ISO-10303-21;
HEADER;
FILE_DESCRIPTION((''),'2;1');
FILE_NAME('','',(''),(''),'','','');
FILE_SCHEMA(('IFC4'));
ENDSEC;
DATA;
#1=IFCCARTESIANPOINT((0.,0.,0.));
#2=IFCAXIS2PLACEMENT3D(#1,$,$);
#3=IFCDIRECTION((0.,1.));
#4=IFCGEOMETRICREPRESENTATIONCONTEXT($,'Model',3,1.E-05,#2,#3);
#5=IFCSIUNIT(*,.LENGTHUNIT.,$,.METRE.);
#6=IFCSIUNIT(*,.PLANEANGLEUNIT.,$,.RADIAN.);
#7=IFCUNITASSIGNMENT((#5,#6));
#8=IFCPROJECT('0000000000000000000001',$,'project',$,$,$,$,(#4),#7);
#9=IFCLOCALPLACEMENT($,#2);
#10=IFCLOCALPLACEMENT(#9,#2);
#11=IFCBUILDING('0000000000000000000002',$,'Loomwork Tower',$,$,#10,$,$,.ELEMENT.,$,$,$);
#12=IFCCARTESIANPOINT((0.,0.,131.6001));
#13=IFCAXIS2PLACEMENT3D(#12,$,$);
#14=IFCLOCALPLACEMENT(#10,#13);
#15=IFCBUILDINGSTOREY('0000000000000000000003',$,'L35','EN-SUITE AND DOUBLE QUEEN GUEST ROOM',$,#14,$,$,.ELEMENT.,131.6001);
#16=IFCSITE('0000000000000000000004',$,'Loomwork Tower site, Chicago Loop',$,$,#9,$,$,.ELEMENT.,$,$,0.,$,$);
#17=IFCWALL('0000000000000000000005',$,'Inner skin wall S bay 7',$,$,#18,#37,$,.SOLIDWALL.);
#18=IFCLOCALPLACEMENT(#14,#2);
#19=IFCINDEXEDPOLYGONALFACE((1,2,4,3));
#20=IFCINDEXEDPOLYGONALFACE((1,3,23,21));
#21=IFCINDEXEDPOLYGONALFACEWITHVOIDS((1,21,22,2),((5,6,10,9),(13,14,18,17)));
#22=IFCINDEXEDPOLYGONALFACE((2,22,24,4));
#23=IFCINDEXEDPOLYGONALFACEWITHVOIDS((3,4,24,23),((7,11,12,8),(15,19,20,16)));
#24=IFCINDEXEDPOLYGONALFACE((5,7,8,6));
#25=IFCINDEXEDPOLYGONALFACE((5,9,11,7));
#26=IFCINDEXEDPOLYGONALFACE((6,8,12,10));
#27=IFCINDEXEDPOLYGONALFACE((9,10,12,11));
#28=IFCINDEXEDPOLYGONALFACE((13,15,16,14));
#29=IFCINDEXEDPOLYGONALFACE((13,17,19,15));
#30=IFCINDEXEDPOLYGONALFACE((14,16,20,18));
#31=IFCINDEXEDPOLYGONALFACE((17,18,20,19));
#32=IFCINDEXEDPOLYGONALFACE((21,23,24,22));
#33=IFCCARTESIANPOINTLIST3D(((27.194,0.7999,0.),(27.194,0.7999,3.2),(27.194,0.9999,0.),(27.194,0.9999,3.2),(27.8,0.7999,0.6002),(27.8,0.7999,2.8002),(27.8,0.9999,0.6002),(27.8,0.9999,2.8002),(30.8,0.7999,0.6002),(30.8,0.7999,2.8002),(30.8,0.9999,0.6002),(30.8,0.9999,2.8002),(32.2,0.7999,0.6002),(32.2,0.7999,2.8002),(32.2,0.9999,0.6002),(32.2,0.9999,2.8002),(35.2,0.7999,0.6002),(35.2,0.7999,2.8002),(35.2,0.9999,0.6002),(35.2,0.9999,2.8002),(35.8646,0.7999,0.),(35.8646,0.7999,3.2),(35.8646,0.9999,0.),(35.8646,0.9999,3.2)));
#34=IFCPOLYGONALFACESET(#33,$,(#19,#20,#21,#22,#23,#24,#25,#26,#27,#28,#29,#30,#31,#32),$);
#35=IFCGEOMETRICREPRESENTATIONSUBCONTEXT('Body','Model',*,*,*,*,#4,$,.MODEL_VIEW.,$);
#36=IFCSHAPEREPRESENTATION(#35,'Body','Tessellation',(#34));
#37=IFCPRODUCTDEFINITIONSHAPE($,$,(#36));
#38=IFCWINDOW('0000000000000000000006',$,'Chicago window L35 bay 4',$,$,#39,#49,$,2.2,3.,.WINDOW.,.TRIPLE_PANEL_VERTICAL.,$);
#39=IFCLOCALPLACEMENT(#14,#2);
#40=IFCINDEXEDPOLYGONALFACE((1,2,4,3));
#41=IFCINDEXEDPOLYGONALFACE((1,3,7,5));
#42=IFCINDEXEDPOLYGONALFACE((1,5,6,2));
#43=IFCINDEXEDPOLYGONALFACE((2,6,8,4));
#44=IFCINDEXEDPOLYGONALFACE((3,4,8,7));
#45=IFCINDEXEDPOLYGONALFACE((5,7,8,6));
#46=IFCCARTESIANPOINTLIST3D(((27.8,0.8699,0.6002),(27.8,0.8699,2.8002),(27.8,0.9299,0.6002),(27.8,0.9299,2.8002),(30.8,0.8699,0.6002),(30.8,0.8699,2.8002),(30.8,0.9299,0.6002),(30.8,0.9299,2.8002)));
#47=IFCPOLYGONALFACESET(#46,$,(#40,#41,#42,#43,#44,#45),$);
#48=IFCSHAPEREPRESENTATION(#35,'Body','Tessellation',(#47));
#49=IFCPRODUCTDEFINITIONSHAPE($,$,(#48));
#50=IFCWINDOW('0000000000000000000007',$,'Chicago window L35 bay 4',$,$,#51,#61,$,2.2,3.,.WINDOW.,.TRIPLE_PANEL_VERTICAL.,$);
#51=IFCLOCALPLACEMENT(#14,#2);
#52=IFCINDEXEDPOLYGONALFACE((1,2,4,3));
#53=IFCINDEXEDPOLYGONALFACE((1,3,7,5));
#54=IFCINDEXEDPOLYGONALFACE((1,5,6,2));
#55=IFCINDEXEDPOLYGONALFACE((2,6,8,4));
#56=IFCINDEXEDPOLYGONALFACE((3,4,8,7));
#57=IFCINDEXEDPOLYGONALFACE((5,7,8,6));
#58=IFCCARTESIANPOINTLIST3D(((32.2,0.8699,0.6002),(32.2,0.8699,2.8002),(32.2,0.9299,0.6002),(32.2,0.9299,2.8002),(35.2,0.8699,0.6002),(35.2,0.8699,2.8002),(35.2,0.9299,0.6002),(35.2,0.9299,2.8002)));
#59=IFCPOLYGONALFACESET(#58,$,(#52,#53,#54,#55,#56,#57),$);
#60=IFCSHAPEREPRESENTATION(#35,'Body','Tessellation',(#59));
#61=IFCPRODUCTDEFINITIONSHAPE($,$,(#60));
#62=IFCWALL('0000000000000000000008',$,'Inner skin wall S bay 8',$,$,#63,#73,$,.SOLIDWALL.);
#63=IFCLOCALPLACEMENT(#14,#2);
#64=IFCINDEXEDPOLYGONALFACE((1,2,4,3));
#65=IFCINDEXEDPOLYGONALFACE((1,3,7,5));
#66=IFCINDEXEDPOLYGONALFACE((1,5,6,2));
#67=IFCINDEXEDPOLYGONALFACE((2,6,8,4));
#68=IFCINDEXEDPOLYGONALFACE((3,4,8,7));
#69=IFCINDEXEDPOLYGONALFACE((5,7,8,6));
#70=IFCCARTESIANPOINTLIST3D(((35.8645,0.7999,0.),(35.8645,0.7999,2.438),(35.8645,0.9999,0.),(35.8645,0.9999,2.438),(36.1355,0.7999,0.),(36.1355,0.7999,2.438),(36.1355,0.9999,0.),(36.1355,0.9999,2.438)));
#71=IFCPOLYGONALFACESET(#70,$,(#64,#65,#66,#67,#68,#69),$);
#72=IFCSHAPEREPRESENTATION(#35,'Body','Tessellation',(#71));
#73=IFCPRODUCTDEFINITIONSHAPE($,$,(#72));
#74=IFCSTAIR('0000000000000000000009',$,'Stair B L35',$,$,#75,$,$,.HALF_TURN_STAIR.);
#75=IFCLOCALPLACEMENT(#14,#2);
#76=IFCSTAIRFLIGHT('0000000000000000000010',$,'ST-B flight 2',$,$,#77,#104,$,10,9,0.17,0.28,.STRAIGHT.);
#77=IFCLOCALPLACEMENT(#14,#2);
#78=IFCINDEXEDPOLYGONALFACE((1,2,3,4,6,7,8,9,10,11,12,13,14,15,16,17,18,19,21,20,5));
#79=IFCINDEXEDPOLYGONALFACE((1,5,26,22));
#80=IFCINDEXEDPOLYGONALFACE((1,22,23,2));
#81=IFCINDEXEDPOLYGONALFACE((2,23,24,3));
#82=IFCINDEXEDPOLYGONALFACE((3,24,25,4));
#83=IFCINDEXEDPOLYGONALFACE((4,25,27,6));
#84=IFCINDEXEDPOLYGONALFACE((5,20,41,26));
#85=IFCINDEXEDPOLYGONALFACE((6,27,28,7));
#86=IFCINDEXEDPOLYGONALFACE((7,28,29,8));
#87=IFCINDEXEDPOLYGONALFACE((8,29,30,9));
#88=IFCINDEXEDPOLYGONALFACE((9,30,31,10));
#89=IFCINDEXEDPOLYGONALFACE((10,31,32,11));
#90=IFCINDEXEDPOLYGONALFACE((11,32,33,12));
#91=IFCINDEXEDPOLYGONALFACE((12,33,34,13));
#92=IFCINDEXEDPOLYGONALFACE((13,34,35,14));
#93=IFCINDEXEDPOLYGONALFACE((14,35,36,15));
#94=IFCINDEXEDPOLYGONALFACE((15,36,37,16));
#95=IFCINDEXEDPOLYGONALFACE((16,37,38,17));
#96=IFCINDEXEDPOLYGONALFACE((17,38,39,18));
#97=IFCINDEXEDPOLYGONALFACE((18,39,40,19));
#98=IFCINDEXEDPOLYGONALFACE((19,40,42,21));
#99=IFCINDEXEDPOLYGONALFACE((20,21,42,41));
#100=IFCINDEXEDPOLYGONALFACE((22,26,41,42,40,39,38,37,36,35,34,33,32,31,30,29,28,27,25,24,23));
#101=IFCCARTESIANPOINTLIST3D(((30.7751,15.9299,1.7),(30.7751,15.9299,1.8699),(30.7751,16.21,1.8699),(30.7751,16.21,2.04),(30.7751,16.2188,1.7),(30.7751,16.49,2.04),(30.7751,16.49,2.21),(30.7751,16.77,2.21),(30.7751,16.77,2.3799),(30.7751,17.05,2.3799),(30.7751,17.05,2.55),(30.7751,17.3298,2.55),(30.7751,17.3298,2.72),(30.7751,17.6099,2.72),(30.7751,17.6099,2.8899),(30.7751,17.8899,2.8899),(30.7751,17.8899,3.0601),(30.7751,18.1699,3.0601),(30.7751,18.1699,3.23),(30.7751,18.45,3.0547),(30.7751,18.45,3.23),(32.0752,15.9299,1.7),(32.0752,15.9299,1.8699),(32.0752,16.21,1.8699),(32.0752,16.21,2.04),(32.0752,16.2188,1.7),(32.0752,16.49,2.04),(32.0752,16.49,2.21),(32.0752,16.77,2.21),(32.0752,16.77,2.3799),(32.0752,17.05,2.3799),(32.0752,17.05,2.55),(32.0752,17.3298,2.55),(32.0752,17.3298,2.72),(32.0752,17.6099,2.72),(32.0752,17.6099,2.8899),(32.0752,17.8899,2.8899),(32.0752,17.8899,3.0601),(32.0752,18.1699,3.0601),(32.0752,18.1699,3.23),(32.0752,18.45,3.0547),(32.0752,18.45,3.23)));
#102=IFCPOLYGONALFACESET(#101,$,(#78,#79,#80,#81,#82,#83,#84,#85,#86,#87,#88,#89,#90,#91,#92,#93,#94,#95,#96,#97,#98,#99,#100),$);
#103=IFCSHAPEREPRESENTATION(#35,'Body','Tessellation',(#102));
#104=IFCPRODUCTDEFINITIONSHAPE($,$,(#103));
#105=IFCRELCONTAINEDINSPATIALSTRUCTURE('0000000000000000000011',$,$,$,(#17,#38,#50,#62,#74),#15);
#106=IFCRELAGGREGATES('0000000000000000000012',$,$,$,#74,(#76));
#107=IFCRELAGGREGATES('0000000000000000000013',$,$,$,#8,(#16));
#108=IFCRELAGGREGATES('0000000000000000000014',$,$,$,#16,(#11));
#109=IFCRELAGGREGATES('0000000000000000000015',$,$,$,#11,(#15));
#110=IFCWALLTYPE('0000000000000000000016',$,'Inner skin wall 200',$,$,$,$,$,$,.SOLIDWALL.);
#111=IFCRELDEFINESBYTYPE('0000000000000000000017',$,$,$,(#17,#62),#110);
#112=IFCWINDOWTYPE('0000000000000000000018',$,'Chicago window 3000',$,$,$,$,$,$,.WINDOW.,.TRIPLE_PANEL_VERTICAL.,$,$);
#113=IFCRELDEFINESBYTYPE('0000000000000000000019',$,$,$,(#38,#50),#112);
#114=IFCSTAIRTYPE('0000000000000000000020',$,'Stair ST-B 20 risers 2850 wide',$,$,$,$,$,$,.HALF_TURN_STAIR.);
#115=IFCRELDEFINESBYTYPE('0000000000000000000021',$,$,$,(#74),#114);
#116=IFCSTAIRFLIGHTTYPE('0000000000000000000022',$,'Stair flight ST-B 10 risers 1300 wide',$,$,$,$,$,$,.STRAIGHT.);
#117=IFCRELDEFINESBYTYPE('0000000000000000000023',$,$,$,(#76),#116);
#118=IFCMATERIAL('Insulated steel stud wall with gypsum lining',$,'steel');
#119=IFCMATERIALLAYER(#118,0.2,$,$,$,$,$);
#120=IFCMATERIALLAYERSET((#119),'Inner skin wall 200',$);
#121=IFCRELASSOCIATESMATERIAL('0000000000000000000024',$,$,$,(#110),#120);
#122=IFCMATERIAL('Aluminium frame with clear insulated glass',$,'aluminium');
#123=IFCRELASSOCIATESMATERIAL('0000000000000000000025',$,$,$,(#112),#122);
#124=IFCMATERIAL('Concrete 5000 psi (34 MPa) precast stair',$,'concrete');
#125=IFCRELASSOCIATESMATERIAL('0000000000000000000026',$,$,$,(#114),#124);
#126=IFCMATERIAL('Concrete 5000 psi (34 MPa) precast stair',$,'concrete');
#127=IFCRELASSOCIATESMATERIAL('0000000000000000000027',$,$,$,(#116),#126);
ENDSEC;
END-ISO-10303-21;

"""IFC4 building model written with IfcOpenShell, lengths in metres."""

from ifc_helpers import new_model, si_unit, direction, frame, frame_2d, origin, place, context, subcontext, project, spatial, polyline, rectangle, outline, extrude, material, layer, layer_set, type_object, element, fill, aggregate, save


model = new_model("IFC4")

# Units and contexts
model_context = context("Model", 3, precision=1e-05, world=origin(), true_north=direction((0.0, 1.0)))
body_context = subcontext(model_context, "Body", "Model", "MODEL_VIEW")
ifc_project = project(units=[si_unit("LENGTHUNIT", "METRE"), si_unit("PLANEANGLEUNIT", "RADIAN")], contexts=[model_context])

# Site, building, storey
site_placement = place(None, origin())
site = spatial("IfcSite", under=ifc_project, at=site_placement, Name="Loomwork Tower site, Chicago Loop", CompositionType="ELEMENT", RefElevation=0.0)
building_placement = place(site_placement, origin())
building = spatial("IfcBuilding", under=site, at=building_placement, Name="Loomwork Tower", CompositionType="ELEMENT")
storey_placement = place(building_placement, frame((0.0, 0.0, 131.6001)))
storey = spatial("IfcBuildingStorey", under=building, at=storey_placement, Name="L35", Description="EN-SUITE AND DOUBLE QUEEN GUEST ROOM", CompositionType="ELEMENT", Elevation=131.6001)

# Wall, openings, windows
ifc_material_1 = material(Name="Insulated steel stud wall with gypsum lining", Category="steel")
ifc_layer_1 = layer(ifc_material_1, 0.2)
ifc_layer_set_1 = layer_set([ifc_layer_1], Name="Inner skin wall 200")
wall_type_1 = type_object("IfcWallType", Name="Inner skin wall 200", PredefinedType="SOLIDWALL", material=ifc_layer_set_1)
wall_1_placement = place(storey_placement, frame((27.1938, 0.8999, 0.0), z_axis=(0.0, 0.0, 1.0), x_axis=(1.0, 0.0, 0.0)))
wall_1 = element("IfcWall", 1, at=wall_1_placement, inside=storey, type_object=wall_type_1, Name="Inner skin wall S bay 7", PredefinedType="SOLIDWALL", context=body_context, shape_type="SweptSolid", body=[
    extrude(rectangle(XDim=8.6707, YDim=0.2, at=frame_2d((4.3354, 0.0))), origin(), (0.0, 0.0, 1.0), 3.2),
])
opening_1_placement = place(wall_1_placement, frame((0.6062, 0.0, 0.6001)))
opening_1 = element("IfcOpeningElement", 2, at=opening_1_placement, cuts=wall_1, PredefinedType="OPENING", context=body_context, shape_type="SweptSolid", body=[
    extrude(rectangle(XDim=3.0, YDim=2.2, at=frame_2d((1.5, 1.1001))), frame((0.0, 0.1099, 0.0), z_axis=(0.0, -1.0, 0.0), x_axis=(1.0, 0.0, 0.0)), (0.0, 0.0, 1.0), 0.22),
])
opening_2_placement = place(wall_1_placement, frame((5.0061, 0.0, 0.6001)))
opening_2 = element("IfcOpeningElement", 3, at=opening_2_placement, cuts=wall_1, PredefinedType="OPENING", context=body_context, shape_type="SweptSolid", body=[
    extrude(rectangle(XDim=3.0, YDim=2.2, at=frame_2d((1.5, 1.1001))), frame((0.0, 0.1099, 0.0), z_axis=(0.0, -1.0, 0.0), x_axis=(1.0, 0.0, 0.0)), (0.0, 0.0, 1.0), 0.22),
])
ifc_material_2 = material(Name="Aluminium frame with clear insulated glass", Category="aluminium")
window_type = type_object("IfcWindowType", Name="Chicago window 3000", PartitioningType="TRIPLE_PANEL_VERTICAL", PredefinedType="WINDOW", material=ifc_material_2)
window_1_placement = place(opening_1_placement, origin())
window_1 = element("IfcWindow", 4, at=window_1_placement, inside=storey, type_object=window_type, Name="Chicago window L35 bay 4", OverallHeight=2.2, OverallWidth=3.0, PartitioningType="TRIPLE_PANEL_VERTICAL", PredefinedType="WINDOW", context=body_context, shape_type="SweptSolid", body=[
    extrude(rectangle(XDim=3.0, YDim=2.2, at=frame_2d((1.5, 1.1001))), frame((0.0, 0.03, 0.0), z_axis=(0.0, -1.0, 0.0), x_axis=(1.0, 0.0, 0.0)), (0.0, 0.0, 1.0), 0.0601),
])
fill(opening_1, window_1)
window_2_placement = place(opening_2_placement, origin())
window_2 = element("IfcWindow", 5, at=window_2_placement, inside=storey, type_object=window_type, Name="Chicago window L35 bay 4", OverallHeight=2.2, OverallWidth=3.0, PartitioningType="TRIPLE_PANEL_VERTICAL", PredefinedType="WINDOW", context=body_context, shape_type="SweptSolid", body=[
    extrude(rectangle(XDim=3.0, YDim=2.2, at=frame_2d((1.5, 1.1001))), frame((0.0, 0.03, 0.0), z_axis=(0.0, -1.0, 0.0), x_axis=(1.0, 0.0, 0.0)), (0.0, 0.0, 1.0), 0.0601),
])
fill(opening_2, window_2)

# Wall
wall_2_placement = place(storey_placement, frame((35.8645, 0.8999, 0.0), z_axis=(0.0, 0.0, 1.0), x_axis=(1.0, 0.0, 0.0)))
element("IfcWall", 6, at=wall_2_placement, inside=storey, type_object=wall_type_1, Name="Inner skin wall S bay 8", PredefinedType="SOLIDWALL", context=body_context, shape_type="SweptSolid", body=[
    extrude(rectangle(XDim=0.271, YDim=0.2, at=frame_2d((0.1355, 0.0))), origin(), (0.0, 0.0, 1.0), 2.438),
])

# Stair, stair flight
ifc_material_3 = material(Name="Concrete 5000 psi (34 MPa) precast stair", Category="concrete")
stair_type = type_object("IfcStairType", Name="Stair ST-B 20 risers 2850 wide", PredefinedType="HALF_TURN_STAIR", material=ifc_material_3)
stair_placement = place(storey_placement, origin())
stair = element("IfcStair", 7, at=stair_placement, inside=storey, type_object=stair_type, Name="Stair B L35", PredefinedType="HALF_TURN_STAIR")
ifc_material_4 = material(Name="Concrete 5000 psi (34 MPa) precast stair", Category="concrete")
stair_flight_type = type_object("IfcStairFlightType", Name="Stair flight ST-B 10 risers 1300 wide", PredefinedType="STRAIGHT", material=ifc_material_4)
stair_flight_placement = place(storey_placement, frame((31.425, 15.9299, 1.7), z_axis=(0.0, 0.0, 1.0), x_axis=(0.0, 1.0, 0.0)))
stair_flight = element("IfcStairFlight", 8, at=stair_flight_placement, type_object=stair_flight_type, Name="ST-B flight 2", NumberOfRisers=10, NumberOfTreads=9, PredefinedType="STRAIGHT", RiserHeight=0.17, TreadLength=0.28, context=body_context, shape_type="SweptSolid", body=[
    extrude(outline(polyline([(0.0, 0.0), (0.0, 0.1699), (0.28, 0.1699), (0.28, 0.3401), (0.5601, 0.3401), (0.5601, 0.51), (0.8401, 0.51), (0.8401, 0.6799), (1.1201, 0.6799), (1.1201, 0.8501), (1.3999, 0.8501), (1.3999, 1.02), (1.6799, 1.02), (1.6799, 1.1899), (1.96, 1.1899), (1.96, 1.3601), (2.24, 1.3601), (2.24, 1.53), (2.52, 1.53), (2.52, 1.7), (2.52, 1.3547), (0.2888, 0.0), (0.0, 0.0)])), frame((0.0, 0.6499, 0.0), z_axis=(0.0, -1.0, 0.0), x_axis=(1.0, 0.0, 0.0)), (0.0, 0.0, 1.0), 1.3),
])
aggregate(stair, [stair_flight])

save(model, "model.ifc")
